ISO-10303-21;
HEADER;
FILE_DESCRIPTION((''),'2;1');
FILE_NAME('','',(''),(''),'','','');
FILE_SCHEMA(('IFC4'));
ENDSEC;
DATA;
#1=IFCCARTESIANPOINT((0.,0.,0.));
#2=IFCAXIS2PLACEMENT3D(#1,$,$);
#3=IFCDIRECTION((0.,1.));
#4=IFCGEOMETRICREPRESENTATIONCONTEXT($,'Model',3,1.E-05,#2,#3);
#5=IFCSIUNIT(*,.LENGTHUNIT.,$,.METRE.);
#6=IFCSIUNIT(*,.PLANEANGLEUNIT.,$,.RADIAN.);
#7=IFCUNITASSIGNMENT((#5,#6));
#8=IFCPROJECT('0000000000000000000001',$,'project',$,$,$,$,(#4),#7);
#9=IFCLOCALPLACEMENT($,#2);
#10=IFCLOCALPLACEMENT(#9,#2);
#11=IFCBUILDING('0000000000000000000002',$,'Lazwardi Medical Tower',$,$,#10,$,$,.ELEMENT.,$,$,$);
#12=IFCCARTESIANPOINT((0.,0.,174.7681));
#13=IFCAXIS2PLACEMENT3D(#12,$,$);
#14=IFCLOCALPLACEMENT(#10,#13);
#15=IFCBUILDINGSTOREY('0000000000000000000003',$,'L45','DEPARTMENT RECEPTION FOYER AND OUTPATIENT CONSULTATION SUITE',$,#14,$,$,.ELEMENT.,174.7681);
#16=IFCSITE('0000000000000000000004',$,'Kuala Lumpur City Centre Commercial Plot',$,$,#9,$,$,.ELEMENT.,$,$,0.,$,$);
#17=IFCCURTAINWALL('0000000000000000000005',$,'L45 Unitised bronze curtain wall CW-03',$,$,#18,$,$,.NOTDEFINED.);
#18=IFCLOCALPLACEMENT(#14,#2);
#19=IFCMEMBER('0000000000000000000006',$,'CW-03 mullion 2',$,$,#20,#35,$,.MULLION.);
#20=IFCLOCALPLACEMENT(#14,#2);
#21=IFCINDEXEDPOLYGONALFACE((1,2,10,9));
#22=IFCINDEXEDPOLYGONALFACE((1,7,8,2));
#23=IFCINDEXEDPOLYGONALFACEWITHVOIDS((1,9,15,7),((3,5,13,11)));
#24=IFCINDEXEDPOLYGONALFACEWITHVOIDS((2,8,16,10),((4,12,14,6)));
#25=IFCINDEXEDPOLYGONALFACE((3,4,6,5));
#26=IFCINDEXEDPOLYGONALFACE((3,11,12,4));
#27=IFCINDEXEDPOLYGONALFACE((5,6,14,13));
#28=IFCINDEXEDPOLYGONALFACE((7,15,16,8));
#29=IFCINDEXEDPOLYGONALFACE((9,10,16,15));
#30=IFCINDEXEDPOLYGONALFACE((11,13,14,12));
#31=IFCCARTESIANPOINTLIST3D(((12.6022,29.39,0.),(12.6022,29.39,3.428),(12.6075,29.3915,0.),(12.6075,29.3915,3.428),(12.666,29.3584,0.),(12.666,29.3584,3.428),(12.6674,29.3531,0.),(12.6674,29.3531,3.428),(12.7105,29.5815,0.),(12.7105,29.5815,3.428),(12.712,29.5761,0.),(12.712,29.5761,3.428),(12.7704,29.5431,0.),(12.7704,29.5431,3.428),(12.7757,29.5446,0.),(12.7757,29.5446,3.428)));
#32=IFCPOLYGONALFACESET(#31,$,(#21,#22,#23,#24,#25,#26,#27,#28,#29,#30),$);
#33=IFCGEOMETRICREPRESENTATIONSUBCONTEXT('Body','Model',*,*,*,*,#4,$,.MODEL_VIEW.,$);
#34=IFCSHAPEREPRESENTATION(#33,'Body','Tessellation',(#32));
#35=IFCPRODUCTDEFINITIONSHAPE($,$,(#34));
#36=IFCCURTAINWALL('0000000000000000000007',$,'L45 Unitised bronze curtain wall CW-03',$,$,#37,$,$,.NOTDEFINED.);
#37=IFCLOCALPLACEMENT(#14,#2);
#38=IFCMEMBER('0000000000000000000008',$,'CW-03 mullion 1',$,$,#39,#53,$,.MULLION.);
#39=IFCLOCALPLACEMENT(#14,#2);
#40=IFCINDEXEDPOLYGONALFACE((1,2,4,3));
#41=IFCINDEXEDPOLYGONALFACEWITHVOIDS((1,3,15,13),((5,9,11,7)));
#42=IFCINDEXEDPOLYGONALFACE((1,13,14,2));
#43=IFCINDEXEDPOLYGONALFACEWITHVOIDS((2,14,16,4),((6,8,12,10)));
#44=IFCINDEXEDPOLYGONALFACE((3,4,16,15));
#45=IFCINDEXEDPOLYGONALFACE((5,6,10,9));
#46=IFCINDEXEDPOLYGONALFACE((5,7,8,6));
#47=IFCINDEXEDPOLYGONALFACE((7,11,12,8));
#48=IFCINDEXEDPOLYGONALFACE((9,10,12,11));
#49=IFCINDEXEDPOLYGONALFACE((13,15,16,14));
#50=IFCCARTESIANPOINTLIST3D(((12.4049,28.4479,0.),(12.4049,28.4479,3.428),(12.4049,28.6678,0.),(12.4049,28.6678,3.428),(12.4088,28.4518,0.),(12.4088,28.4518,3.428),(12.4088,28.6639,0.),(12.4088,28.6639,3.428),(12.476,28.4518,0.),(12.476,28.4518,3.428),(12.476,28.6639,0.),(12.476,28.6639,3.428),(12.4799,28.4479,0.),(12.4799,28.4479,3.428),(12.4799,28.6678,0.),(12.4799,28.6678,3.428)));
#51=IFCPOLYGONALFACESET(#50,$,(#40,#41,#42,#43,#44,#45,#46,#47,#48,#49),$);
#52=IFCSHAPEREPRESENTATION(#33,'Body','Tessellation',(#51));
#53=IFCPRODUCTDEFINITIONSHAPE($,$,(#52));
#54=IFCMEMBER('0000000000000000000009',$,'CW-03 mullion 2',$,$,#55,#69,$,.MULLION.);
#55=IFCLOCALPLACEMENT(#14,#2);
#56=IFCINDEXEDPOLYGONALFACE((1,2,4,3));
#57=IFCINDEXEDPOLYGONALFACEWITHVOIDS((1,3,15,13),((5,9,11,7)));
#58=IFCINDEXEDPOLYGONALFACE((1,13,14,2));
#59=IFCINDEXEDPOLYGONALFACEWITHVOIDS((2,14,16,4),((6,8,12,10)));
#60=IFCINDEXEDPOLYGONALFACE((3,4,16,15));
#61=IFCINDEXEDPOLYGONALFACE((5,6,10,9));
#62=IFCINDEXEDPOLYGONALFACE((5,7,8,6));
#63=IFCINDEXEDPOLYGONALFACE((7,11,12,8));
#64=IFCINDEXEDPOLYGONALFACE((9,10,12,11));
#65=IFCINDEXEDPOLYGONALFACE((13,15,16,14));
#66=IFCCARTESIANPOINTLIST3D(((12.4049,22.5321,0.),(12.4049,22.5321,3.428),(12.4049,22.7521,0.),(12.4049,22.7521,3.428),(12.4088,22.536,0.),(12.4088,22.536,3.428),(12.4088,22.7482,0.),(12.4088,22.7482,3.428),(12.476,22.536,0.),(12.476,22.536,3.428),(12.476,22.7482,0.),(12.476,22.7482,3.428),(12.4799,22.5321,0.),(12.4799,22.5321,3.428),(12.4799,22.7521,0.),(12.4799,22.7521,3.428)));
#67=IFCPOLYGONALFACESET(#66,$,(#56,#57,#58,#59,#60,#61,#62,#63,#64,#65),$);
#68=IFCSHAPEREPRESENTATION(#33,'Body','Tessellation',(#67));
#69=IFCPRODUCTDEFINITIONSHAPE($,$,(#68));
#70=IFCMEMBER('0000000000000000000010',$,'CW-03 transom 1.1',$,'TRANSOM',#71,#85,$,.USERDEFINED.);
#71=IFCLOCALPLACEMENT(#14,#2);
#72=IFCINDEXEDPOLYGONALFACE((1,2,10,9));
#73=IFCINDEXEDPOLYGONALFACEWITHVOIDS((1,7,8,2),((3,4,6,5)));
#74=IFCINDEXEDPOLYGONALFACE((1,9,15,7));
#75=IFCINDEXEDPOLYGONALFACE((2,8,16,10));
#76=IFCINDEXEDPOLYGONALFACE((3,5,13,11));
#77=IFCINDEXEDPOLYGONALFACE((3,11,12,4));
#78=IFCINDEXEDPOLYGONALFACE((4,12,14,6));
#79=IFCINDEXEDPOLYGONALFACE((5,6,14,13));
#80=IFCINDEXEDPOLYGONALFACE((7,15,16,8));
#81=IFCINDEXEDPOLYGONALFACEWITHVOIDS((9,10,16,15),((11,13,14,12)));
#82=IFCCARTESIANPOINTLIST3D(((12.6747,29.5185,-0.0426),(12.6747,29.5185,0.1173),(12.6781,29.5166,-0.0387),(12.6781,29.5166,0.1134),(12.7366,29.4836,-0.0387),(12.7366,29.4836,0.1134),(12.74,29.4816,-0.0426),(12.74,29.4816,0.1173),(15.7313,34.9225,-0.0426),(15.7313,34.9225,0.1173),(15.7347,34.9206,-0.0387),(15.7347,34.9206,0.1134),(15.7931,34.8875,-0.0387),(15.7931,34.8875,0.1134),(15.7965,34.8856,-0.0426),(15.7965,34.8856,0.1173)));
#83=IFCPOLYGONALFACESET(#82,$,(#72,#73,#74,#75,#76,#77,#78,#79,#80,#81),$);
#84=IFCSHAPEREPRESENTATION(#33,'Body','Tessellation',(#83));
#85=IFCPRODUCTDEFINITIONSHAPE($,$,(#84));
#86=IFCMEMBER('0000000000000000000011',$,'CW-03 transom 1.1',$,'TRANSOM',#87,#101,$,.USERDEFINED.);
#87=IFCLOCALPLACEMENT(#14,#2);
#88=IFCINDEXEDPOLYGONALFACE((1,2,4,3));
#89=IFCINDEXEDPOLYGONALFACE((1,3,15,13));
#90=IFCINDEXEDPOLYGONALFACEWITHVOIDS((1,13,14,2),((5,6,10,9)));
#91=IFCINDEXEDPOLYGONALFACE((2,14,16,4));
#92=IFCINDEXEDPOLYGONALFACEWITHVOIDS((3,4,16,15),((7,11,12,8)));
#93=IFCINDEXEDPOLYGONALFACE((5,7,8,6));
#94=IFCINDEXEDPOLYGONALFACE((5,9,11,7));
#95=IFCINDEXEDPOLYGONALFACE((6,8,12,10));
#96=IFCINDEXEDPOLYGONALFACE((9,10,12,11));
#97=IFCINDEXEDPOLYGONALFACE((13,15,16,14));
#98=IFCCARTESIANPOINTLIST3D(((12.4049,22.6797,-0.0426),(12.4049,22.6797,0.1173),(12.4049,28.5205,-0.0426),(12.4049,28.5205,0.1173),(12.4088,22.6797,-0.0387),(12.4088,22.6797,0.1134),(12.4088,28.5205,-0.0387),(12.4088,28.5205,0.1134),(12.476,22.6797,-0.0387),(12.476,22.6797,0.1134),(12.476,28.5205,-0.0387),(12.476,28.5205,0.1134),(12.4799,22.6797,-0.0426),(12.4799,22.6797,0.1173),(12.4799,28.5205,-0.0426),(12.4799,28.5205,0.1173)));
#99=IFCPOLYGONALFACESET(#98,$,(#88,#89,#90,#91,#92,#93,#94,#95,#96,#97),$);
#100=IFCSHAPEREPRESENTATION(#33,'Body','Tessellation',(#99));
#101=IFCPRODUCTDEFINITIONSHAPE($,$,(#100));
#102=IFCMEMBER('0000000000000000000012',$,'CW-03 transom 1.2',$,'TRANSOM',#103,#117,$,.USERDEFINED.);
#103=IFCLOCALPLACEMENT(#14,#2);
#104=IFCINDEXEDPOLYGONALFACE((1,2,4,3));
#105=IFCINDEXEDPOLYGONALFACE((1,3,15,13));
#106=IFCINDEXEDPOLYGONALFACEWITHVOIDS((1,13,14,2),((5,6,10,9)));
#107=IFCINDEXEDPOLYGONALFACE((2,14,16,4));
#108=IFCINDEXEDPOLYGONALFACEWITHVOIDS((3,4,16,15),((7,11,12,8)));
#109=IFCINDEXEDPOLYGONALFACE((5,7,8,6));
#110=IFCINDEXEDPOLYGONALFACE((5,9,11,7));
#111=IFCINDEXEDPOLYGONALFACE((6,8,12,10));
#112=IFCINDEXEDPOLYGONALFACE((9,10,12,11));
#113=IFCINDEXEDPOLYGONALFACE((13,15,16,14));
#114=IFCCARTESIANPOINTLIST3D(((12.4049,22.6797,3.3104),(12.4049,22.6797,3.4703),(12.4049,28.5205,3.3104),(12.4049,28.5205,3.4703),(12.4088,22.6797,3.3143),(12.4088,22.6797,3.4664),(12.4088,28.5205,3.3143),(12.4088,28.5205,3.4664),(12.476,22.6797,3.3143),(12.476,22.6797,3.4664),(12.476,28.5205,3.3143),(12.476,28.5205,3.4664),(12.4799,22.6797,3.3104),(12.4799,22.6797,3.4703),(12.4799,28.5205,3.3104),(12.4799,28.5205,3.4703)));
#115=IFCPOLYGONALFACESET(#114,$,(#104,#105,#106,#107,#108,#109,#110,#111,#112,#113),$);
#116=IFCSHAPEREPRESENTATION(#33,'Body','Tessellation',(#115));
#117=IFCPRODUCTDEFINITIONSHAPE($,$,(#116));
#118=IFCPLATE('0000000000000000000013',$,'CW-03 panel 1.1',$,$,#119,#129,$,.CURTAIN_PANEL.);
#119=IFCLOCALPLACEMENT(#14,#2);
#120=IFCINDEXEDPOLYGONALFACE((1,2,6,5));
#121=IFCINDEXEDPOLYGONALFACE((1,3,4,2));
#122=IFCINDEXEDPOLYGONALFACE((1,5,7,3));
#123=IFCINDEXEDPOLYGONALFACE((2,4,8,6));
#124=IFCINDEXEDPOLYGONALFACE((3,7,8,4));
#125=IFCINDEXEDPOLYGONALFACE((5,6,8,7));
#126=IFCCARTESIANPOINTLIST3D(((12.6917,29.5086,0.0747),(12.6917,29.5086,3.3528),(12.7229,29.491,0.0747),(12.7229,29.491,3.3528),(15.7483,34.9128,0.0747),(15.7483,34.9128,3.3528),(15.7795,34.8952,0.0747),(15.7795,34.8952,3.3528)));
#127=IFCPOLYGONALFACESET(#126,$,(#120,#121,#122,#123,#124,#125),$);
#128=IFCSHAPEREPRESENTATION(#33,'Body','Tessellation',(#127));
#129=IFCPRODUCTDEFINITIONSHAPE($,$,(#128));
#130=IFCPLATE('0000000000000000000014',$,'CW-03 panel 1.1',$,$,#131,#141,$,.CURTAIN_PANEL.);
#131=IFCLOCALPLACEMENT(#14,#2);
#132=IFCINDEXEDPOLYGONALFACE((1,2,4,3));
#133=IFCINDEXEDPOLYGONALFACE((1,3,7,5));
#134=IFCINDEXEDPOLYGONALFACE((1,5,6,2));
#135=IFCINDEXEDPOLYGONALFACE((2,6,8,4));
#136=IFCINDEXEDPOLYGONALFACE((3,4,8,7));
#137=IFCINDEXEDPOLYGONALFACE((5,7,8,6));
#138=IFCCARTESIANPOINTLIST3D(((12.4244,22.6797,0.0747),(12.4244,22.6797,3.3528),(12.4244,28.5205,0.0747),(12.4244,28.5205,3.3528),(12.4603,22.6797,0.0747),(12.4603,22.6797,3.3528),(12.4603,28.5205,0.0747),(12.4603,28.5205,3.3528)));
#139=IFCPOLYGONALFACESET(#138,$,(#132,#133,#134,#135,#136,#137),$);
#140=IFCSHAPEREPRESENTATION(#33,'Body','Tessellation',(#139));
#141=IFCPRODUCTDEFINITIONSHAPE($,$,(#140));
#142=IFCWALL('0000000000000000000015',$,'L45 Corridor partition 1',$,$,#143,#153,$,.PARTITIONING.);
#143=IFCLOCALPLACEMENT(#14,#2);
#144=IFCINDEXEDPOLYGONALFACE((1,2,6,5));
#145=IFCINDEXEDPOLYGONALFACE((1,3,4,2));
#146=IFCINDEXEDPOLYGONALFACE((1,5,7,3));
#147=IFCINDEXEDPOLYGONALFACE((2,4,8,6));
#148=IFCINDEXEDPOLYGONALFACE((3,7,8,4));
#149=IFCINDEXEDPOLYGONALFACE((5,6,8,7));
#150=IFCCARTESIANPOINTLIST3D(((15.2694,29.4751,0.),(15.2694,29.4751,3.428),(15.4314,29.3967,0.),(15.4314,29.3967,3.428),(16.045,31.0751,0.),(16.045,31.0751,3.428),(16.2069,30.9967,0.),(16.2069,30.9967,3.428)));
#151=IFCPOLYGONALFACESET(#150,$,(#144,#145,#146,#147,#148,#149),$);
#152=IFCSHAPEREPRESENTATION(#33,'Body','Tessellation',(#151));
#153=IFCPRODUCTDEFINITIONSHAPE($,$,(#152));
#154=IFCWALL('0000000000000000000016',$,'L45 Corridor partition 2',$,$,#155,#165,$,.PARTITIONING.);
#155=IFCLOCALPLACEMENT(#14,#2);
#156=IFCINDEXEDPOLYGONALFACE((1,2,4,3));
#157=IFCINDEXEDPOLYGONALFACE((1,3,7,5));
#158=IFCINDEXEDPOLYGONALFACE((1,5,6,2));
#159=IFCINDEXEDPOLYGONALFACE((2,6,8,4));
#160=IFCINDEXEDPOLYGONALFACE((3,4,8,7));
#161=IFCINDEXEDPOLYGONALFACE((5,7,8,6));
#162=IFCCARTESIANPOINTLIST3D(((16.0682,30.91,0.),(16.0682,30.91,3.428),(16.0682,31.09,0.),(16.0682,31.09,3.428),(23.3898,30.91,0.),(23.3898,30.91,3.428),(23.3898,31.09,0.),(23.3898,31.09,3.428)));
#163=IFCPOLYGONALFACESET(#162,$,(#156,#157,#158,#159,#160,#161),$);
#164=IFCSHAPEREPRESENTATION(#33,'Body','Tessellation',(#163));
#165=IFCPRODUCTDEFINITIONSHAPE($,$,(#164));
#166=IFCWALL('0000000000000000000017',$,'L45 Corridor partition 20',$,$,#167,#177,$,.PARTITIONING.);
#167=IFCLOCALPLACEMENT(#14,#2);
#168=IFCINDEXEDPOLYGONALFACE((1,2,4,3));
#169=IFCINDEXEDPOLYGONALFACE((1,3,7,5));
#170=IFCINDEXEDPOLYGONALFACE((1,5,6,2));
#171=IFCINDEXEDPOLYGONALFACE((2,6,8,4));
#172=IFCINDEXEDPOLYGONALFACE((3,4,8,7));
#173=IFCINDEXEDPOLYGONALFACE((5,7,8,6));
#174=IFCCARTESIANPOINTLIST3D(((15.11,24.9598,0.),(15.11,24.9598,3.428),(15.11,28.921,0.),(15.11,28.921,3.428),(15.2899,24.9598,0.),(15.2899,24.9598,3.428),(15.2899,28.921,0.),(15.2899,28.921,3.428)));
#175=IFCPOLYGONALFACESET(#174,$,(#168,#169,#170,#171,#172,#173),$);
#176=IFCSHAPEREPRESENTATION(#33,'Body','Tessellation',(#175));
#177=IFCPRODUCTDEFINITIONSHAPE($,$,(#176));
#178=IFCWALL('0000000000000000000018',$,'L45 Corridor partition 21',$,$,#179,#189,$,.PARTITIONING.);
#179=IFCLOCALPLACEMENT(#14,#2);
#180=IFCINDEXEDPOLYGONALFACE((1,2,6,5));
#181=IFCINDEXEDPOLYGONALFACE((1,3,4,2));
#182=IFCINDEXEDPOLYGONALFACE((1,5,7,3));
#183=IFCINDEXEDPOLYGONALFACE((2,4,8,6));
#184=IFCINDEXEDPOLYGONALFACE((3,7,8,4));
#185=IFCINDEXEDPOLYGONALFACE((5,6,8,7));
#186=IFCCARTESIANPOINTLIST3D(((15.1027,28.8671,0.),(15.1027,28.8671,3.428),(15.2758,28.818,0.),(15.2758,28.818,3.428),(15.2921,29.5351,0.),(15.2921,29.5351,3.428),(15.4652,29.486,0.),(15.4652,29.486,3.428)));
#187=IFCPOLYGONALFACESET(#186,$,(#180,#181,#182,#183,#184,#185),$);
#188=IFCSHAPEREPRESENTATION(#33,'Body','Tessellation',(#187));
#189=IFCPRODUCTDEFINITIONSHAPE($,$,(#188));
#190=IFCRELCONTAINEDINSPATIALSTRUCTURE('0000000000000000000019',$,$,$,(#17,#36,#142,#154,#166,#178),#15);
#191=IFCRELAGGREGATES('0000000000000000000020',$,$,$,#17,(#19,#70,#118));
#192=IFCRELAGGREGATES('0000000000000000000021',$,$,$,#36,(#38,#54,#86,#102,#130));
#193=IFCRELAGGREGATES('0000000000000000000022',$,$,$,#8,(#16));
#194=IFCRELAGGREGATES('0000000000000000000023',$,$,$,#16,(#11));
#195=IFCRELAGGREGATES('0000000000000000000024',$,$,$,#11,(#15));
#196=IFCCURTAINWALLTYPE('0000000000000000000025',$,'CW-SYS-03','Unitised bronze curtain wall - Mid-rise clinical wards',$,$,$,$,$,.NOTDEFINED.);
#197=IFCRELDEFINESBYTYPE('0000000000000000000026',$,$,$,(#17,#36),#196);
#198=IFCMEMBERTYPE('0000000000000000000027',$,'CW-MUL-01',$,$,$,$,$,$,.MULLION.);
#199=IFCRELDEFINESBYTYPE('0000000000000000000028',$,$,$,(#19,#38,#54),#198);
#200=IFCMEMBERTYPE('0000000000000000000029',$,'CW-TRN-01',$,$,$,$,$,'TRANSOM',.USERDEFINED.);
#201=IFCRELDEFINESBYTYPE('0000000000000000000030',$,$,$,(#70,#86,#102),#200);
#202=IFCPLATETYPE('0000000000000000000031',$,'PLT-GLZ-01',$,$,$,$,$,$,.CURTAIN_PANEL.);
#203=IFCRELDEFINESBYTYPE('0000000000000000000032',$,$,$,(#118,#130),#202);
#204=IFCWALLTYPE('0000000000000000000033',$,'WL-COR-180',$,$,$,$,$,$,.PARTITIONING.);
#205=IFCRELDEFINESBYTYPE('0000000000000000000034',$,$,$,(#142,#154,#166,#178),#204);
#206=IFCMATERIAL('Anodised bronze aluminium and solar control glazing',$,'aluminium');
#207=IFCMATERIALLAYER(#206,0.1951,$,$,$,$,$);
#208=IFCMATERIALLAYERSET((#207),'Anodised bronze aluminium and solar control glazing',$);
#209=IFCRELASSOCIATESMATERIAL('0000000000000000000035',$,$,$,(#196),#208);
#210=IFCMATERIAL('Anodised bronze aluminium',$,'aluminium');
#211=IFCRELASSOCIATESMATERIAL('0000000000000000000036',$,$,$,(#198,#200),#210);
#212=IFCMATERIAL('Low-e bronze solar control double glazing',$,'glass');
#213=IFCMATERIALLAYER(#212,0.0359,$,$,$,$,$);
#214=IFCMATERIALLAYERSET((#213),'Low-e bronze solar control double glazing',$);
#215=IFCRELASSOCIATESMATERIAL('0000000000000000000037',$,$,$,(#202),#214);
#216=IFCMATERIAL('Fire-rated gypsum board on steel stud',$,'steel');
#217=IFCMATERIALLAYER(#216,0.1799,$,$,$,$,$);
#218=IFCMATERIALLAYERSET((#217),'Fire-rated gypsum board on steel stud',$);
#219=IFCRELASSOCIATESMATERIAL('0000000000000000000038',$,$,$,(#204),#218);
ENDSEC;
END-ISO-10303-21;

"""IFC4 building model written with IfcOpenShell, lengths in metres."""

from ifc_helpers import new_model, si_unit, direction, frame, frame_2d, origin, origin_2d, place, context, subcontext, project, spatial, rectangle, hollow_rectangle, extrude, material, layer, layer_set, material_profile, profile_set, type_object, element, aggregate, save


model = new_model("IFC4")

# Units and contexts
model_context = context("Model", 3, precision=1e-05, world=origin(), true_north=direction((0.0, 1.0)))
body_context = subcontext(model_context, "Body", "Model", "MODEL_VIEW")
ifc_project = project(units=[si_unit("LENGTHUNIT", "METRE"), si_unit("PLANEANGLEUNIT", "RADIAN")], contexts=[model_context])

# Site, building, storey
site_placement = place(None, origin())
site = spatial("IfcSite", under=ifc_project, at=site_placement, Name="Kuala Lumpur City Centre Commercial Plot", CompositionType="ELEMENT", RefElevation=0.0)
building_placement = place(site_placement, origin())
building = spatial("IfcBuilding", under=site, at=building_placement, Name="Lazwardi Medical Tower", CompositionType="ELEMENT")
storey_placement = place(building_placement, frame((0.0, 0.0, 174.7681)))
storey = spatial("IfcBuildingStorey", under=building, at=storey_placement, Name="L45", Description="DEPARTMENT RECEPTION FOYER AND OUTPATIENT CONSULTATION SUITE", CompositionType="ELEMENT", Elevation=174.7681)

# Curtain wall, member
ifc_material_1 = material(Name="Anodised bronze aluminium and solar control glazing", Category="aluminium")
ifc_layer_1 = layer(ifc_material_1, 0.1951)
ifc_layer_set_1 = layer_set([ifc_layer_1], Name="Anodised bronze aluminium and solar control glazing")
curtain_wall_type = type_object("IfcCurtainWallType", Name="CW-SYS-03", Description="Unitised bronze curtain wall - Mid-rise clinical wards", PredefinedType="NOTDEFINED", material=ifc_layer_set_1)
curtain_wall_1_placement = place(storey_placement, origin())
curtain_wall_1 = element("IfcCurtainWall", 1, at=curtain_wall_1_placement, inside=storey, type_object=curtain_wall_type, Name="L45 Unitised bronze curtain wall CW-03", PredefinedType="NOTDEFINED")
ifc_material_2 = material(Name="Anodised bronze aluminium", Category="aluminium")
ifc_material_profile_1 = material_profile(ifc_material_2, hollow_rectangle(XDim=0.075, YDim=0.22, WallThickness=0.0039, at=origin_2d()), Name="ALU-MULLION 220x75x4")
ifc_profile_set_1 = profile_set([ifc_material_profile_1], Name="Anodised bronze aluminium")
member_type_1 = type_object("IfcMemberType", Name="CW-MUL-01", PredefinedType="MULLION", material=ifc_profile_set_1)
member_1_placement = place(storey_placement, frame((12.689, 29.4673, 0.0), z_axis=(0.0, 0.0, 1.0), x_axis=(0.870419, -0.492312, 0.0)))
member_1 = element("IfcMember", 2, at=member_1_placement, type_object=member_type_1, Name="CW-03 mullion 2", PredefinedType="MULLION", context=body_context, shape_type="SweptSolid", body=[
    extrude(hollow_rectangle(XDim=0.075, YDim=0.22, WallThickness=0.0039, at=origin_2d()), origin(), (0.0, 0.0, 1.0), 3.428),
])

# Curtain wall, members
curtain_wall_2_placement = place(storey_placement, origin())
curtain_wall_2 = element("IfcCurtainWall", 3, at=curtain_wall_2_placement, inside=storey, type_object=curtain_wall_type, Name="L45 Unitised bronze curtain wall CW-03", PredefinedType="NOTDEFINED")
member_2_placement = place(storey_placement, frame((12.4424, 28.5579, 0.0), z_axis=(0.0, 0.0, 1.0), x_axis=(1.0, 0.0, 0.0)))
member_2 = element("IfcMember", 4, at=member_2_placement, type_object=member_type_1, Name="CW-03 mullion 1", PredefinedType="MULLION", context=body_context, shape_type="SweptSolid", body=[
    extrude(hollow_rectangle(XDim=0.075, YDim=0.22, WallThickness=0.0039, at=origin_2d()), origin(), (0.0, 0.0, 1.0), 3.428),
])
member_3_placement = place(storey_placement, frame((12.4424, 22.6421, 0.0), z_axis=(0.0, 0.0, 1.0), x_axis=(1.0, 0.0, 0.0)))
member_3 = element("IfcMember", 5, at=member_3_placement, type_object=member_type_1, Name="CW-03 mullion 2", PredefinedType="MULLION", context=body_context, shape_type="SweptSolid", body=[
    extrude(hollow_rectangle(XDim=0.075, YDim=0.22, WallThickness=0.0039, at=origin_2d()), origin(), (0.0, 0.0, 1.0), 3.428),
])

# Members
ifc_material_profile_2 = material_profile(ifc_material_2, hollow_rectangle(XDim=0.075, YDim=0.1599, WallThickness=0.0039, at=origin_2d()), Name="ALU-TRANSOM 160x75x4")
ifc_profile_set_2 = profile_set([ifc_material_profile_2], Name="Anodised bronze aluminium")
member_type_2 = type_object("IfcMemberType", Name="CW-TRN-01", ElementType="TRANSOM", PredefinedType="USERDEFINED", material=ifc_profile_set_2)
member_4_placement = place(storey_placement, frame((15.7639, 34.9041, 0.0374), z_axis=(-0.492323, -0.870413, 0.0), x_axis=(0.870413, -0.492323, 0.0)))
member_4 = element("IfcMember", 6, at=member_4_placement, type_object=member_type_2, Name="CW-03 transom 1.1", ObjectType="TRANSOM", PredefinedType="USERDEFINED", context=body_context, shape_type="SweptSolid", body=[
    extrude(hollow_rectangle(XDim=0.075, YDim=0.1599, WallThickness=0.0039, at=origin_2d()), origin(), (0.0, 0.0, 1.0), 6.2085),
])
member_5_placement = place(storey_placement, frame((12.4424, 28.5205, 0.0374), z_axis=(0.0, -1.0, 0.0), x_axis=(1.0, 0.0, 0.0)))
member_5 = element("IfcMember", 7, at=member_5_placement, type_object=member_type_2, Name="CW-03 transom 1.1", ObjectType="TRANSOM", PredefinedType="USERDEFINED", context=body_context, shape_type="SweptSolid", body=[
    extrude(hollow_rectangle(XDim=0.075, YDim=0.1599, WallThickness=0.0039, at=origin_2d()), origin(), (0.0, 0.0, 1.0), 5.8408),
])
member_6_placement = place(storey_placement, frame((12.4424, 28.5205, 3.3904), z_axis=(0.0, -1.0, 0.0), x_axis=(1.0, 0.0, 0.0)))
member_6 = element("IfcMember", 8, at=member_6_placement, type_object=member_type_2, Name="CW-03 transom 1.2", ObjectType="TRANSOM", PredefinedType="USERDEFINED", context=body_context, shape_type="SweptSolid", body=[
    extrude(hollow_rectangle(XDim=0.075, YDim=0.1599, WallThickness=0.0039, at=origin_2d()), origin(), (0.0, 0.0, 1.0), 5.8408),
])

# Plates
ifc_material_3 = material(Name="Low-e bronze solar control double glazing", Category="glass")
ifc_layer_2 = layer(ifc_material_3, 0.0359)
ifc_layer_set_2 = layer_set([ifc_layer_2], Name="Low-e bronze solar control double glazing")
plate_type = type_object("IfcPlateType", Name="PLT-GLZ-01", PredefinedType="CURTAIN_PANEL", material=ifc_layer_set_2)
plate_1_placement = place(storey_placement, frame((14.2356, 32.2019, 0.0747), z_axis=(0.0, 0.0, 1.0), x_axis=(-0.492312, -0.870419, 0.0)))
plate_1 = element("IfcPlate", 9, at=plate_1_placement, type_object=plate_type, Name="CW-03 panel 1.1", PredefinedType="CURTAIN_PANEL", context=body_context, shape_type="SweptSolid", body=[
    extrude(rectangle(XDim=6.2087, YDim=0.0359, at=origin_2d()), origin(), (0.0, 0.0, 1.0), 3.2781),
])
aggregate(curtain_wall_1, [member_1, member_4, plate_1])
plate_2_placement = place(storey_placement, frame((12.4424, 25.6001, 0.0747), z_axis=(0.0, 0.0, 1.0), x_axis=(0.0, -1.0, 0.0)))
plate_2 = element("IfcPlate", 10, at=plate_2_placement, type_object=plate_type, Name="CW-03 panel 1.1", PredefinedType="CURTAIN_PANEL", context=body_context, shape_type="SweptSolid", body=[
    extrude(rectangle(XDim=5.8408, YDim=0.0359, at=origin_2d()), origin(), (0.0, 0.0, 1.0), 3.2781),
])
aggregate(curtain_wall_2, [member_2, member_3, member_5, member_6, plate_2])

# Walls
ifc_material_4 = material(Name="Fire-rated gypsum board on steel stud", Category="steel")
ifc_layer_3 = layer(ifc_material_4, 0.1799)
ifc_layer_set_3 = layer_set([ifc_layer_3], Name="Fire-rated gypsum board on steel stud")
wall_type_1 = type_object("IfcWallType", Name="WL-COR-180", PredefinedType="PARTITIONING", material=ifc_layer_set_3)
wall_1_placement = place(storey_placement, frame((15.3503, 29.4358, 0.0), z_axis=(0.0, 0.0, 1.0), x_axis=(0.436196, 0.899852, 0.0)))
element("IfcWall", 11, at=wall_1_placement, inside=storey, type_object=wall_type_1, Name="L45 Corridor partition 1", PredefinedType="PARTITIONING", context=body_context, shape_type="SweptSolid", body=[
    extrude(rectangle(XDim=1.7781, YDim=0.1799, at=frame_2d((0.8892, 0.0))), origin(), (0.0, 0.0, 1.0), 3.428),
])
wall_2_placement = place(storey_placement, frame((16.0684, 31.0, 0.0), z_axis=(0.0, 0.0, 1.0), x_axis=(1.0, 0.0, 0.0)))
element("IfcWall", 12, at=wall_2_placement, inside=storey, type_object=wall_type_1, Name="L45 Corridor partition 2", PredefinedType="PARTITIONING", context=body_context, shape_type="SweptSolid", body=[
    extrude(rectangle(XDim=7.3215, YDim=0.1799, at=frame_2d((3.6606, 0.0))), origin(), (0.0, 0.0, 1.0), 3.428),
])
wall_3_placement = place(storey_placement, frame((15.2, 24.96, 0.0), z_axis=(0.0, 0.0, 1.0), x_axis=(0.0, 1.0, 0.0)))
element("IfcWall", 13, at=wall_3_placement, inside=storey, type_object=wall_type_1, Name="L45 Corridor partition 20", PredefinedType="PARTITIONING", context=body_context, shape_type="SweptSolid", body=[
    extrude(rectangle(XDim=3.9612, YDim=0.1799, at=frame_2d((1.9805, 0.0))), origin(), (0.0, 0.0, 1.0), 3.428),
])
wall_4_placement = place(storey_placement, frame((15.1892, 28.8425, 0.0), z_axis=(0.0, 0.0, 1.0), x_axis=(0.272863, 0.962053, 0.0)))
element("IfcWall", 14, at=wall_4_placement, inside=storey, type_object=wall_type_1, Name="L45 Corridor partition 21", PredefinedType="PARTITIONING", context=body_context, shape_type="SweptSolid", body=[
    extrude(rectangle(XDim=0.6943, YDim=0.1799, at=frame_2d((0.3472, 0.0))), origin(), (0.0, 0.0, 1.0), 3.428),
])

save(model, "model.ifc")
